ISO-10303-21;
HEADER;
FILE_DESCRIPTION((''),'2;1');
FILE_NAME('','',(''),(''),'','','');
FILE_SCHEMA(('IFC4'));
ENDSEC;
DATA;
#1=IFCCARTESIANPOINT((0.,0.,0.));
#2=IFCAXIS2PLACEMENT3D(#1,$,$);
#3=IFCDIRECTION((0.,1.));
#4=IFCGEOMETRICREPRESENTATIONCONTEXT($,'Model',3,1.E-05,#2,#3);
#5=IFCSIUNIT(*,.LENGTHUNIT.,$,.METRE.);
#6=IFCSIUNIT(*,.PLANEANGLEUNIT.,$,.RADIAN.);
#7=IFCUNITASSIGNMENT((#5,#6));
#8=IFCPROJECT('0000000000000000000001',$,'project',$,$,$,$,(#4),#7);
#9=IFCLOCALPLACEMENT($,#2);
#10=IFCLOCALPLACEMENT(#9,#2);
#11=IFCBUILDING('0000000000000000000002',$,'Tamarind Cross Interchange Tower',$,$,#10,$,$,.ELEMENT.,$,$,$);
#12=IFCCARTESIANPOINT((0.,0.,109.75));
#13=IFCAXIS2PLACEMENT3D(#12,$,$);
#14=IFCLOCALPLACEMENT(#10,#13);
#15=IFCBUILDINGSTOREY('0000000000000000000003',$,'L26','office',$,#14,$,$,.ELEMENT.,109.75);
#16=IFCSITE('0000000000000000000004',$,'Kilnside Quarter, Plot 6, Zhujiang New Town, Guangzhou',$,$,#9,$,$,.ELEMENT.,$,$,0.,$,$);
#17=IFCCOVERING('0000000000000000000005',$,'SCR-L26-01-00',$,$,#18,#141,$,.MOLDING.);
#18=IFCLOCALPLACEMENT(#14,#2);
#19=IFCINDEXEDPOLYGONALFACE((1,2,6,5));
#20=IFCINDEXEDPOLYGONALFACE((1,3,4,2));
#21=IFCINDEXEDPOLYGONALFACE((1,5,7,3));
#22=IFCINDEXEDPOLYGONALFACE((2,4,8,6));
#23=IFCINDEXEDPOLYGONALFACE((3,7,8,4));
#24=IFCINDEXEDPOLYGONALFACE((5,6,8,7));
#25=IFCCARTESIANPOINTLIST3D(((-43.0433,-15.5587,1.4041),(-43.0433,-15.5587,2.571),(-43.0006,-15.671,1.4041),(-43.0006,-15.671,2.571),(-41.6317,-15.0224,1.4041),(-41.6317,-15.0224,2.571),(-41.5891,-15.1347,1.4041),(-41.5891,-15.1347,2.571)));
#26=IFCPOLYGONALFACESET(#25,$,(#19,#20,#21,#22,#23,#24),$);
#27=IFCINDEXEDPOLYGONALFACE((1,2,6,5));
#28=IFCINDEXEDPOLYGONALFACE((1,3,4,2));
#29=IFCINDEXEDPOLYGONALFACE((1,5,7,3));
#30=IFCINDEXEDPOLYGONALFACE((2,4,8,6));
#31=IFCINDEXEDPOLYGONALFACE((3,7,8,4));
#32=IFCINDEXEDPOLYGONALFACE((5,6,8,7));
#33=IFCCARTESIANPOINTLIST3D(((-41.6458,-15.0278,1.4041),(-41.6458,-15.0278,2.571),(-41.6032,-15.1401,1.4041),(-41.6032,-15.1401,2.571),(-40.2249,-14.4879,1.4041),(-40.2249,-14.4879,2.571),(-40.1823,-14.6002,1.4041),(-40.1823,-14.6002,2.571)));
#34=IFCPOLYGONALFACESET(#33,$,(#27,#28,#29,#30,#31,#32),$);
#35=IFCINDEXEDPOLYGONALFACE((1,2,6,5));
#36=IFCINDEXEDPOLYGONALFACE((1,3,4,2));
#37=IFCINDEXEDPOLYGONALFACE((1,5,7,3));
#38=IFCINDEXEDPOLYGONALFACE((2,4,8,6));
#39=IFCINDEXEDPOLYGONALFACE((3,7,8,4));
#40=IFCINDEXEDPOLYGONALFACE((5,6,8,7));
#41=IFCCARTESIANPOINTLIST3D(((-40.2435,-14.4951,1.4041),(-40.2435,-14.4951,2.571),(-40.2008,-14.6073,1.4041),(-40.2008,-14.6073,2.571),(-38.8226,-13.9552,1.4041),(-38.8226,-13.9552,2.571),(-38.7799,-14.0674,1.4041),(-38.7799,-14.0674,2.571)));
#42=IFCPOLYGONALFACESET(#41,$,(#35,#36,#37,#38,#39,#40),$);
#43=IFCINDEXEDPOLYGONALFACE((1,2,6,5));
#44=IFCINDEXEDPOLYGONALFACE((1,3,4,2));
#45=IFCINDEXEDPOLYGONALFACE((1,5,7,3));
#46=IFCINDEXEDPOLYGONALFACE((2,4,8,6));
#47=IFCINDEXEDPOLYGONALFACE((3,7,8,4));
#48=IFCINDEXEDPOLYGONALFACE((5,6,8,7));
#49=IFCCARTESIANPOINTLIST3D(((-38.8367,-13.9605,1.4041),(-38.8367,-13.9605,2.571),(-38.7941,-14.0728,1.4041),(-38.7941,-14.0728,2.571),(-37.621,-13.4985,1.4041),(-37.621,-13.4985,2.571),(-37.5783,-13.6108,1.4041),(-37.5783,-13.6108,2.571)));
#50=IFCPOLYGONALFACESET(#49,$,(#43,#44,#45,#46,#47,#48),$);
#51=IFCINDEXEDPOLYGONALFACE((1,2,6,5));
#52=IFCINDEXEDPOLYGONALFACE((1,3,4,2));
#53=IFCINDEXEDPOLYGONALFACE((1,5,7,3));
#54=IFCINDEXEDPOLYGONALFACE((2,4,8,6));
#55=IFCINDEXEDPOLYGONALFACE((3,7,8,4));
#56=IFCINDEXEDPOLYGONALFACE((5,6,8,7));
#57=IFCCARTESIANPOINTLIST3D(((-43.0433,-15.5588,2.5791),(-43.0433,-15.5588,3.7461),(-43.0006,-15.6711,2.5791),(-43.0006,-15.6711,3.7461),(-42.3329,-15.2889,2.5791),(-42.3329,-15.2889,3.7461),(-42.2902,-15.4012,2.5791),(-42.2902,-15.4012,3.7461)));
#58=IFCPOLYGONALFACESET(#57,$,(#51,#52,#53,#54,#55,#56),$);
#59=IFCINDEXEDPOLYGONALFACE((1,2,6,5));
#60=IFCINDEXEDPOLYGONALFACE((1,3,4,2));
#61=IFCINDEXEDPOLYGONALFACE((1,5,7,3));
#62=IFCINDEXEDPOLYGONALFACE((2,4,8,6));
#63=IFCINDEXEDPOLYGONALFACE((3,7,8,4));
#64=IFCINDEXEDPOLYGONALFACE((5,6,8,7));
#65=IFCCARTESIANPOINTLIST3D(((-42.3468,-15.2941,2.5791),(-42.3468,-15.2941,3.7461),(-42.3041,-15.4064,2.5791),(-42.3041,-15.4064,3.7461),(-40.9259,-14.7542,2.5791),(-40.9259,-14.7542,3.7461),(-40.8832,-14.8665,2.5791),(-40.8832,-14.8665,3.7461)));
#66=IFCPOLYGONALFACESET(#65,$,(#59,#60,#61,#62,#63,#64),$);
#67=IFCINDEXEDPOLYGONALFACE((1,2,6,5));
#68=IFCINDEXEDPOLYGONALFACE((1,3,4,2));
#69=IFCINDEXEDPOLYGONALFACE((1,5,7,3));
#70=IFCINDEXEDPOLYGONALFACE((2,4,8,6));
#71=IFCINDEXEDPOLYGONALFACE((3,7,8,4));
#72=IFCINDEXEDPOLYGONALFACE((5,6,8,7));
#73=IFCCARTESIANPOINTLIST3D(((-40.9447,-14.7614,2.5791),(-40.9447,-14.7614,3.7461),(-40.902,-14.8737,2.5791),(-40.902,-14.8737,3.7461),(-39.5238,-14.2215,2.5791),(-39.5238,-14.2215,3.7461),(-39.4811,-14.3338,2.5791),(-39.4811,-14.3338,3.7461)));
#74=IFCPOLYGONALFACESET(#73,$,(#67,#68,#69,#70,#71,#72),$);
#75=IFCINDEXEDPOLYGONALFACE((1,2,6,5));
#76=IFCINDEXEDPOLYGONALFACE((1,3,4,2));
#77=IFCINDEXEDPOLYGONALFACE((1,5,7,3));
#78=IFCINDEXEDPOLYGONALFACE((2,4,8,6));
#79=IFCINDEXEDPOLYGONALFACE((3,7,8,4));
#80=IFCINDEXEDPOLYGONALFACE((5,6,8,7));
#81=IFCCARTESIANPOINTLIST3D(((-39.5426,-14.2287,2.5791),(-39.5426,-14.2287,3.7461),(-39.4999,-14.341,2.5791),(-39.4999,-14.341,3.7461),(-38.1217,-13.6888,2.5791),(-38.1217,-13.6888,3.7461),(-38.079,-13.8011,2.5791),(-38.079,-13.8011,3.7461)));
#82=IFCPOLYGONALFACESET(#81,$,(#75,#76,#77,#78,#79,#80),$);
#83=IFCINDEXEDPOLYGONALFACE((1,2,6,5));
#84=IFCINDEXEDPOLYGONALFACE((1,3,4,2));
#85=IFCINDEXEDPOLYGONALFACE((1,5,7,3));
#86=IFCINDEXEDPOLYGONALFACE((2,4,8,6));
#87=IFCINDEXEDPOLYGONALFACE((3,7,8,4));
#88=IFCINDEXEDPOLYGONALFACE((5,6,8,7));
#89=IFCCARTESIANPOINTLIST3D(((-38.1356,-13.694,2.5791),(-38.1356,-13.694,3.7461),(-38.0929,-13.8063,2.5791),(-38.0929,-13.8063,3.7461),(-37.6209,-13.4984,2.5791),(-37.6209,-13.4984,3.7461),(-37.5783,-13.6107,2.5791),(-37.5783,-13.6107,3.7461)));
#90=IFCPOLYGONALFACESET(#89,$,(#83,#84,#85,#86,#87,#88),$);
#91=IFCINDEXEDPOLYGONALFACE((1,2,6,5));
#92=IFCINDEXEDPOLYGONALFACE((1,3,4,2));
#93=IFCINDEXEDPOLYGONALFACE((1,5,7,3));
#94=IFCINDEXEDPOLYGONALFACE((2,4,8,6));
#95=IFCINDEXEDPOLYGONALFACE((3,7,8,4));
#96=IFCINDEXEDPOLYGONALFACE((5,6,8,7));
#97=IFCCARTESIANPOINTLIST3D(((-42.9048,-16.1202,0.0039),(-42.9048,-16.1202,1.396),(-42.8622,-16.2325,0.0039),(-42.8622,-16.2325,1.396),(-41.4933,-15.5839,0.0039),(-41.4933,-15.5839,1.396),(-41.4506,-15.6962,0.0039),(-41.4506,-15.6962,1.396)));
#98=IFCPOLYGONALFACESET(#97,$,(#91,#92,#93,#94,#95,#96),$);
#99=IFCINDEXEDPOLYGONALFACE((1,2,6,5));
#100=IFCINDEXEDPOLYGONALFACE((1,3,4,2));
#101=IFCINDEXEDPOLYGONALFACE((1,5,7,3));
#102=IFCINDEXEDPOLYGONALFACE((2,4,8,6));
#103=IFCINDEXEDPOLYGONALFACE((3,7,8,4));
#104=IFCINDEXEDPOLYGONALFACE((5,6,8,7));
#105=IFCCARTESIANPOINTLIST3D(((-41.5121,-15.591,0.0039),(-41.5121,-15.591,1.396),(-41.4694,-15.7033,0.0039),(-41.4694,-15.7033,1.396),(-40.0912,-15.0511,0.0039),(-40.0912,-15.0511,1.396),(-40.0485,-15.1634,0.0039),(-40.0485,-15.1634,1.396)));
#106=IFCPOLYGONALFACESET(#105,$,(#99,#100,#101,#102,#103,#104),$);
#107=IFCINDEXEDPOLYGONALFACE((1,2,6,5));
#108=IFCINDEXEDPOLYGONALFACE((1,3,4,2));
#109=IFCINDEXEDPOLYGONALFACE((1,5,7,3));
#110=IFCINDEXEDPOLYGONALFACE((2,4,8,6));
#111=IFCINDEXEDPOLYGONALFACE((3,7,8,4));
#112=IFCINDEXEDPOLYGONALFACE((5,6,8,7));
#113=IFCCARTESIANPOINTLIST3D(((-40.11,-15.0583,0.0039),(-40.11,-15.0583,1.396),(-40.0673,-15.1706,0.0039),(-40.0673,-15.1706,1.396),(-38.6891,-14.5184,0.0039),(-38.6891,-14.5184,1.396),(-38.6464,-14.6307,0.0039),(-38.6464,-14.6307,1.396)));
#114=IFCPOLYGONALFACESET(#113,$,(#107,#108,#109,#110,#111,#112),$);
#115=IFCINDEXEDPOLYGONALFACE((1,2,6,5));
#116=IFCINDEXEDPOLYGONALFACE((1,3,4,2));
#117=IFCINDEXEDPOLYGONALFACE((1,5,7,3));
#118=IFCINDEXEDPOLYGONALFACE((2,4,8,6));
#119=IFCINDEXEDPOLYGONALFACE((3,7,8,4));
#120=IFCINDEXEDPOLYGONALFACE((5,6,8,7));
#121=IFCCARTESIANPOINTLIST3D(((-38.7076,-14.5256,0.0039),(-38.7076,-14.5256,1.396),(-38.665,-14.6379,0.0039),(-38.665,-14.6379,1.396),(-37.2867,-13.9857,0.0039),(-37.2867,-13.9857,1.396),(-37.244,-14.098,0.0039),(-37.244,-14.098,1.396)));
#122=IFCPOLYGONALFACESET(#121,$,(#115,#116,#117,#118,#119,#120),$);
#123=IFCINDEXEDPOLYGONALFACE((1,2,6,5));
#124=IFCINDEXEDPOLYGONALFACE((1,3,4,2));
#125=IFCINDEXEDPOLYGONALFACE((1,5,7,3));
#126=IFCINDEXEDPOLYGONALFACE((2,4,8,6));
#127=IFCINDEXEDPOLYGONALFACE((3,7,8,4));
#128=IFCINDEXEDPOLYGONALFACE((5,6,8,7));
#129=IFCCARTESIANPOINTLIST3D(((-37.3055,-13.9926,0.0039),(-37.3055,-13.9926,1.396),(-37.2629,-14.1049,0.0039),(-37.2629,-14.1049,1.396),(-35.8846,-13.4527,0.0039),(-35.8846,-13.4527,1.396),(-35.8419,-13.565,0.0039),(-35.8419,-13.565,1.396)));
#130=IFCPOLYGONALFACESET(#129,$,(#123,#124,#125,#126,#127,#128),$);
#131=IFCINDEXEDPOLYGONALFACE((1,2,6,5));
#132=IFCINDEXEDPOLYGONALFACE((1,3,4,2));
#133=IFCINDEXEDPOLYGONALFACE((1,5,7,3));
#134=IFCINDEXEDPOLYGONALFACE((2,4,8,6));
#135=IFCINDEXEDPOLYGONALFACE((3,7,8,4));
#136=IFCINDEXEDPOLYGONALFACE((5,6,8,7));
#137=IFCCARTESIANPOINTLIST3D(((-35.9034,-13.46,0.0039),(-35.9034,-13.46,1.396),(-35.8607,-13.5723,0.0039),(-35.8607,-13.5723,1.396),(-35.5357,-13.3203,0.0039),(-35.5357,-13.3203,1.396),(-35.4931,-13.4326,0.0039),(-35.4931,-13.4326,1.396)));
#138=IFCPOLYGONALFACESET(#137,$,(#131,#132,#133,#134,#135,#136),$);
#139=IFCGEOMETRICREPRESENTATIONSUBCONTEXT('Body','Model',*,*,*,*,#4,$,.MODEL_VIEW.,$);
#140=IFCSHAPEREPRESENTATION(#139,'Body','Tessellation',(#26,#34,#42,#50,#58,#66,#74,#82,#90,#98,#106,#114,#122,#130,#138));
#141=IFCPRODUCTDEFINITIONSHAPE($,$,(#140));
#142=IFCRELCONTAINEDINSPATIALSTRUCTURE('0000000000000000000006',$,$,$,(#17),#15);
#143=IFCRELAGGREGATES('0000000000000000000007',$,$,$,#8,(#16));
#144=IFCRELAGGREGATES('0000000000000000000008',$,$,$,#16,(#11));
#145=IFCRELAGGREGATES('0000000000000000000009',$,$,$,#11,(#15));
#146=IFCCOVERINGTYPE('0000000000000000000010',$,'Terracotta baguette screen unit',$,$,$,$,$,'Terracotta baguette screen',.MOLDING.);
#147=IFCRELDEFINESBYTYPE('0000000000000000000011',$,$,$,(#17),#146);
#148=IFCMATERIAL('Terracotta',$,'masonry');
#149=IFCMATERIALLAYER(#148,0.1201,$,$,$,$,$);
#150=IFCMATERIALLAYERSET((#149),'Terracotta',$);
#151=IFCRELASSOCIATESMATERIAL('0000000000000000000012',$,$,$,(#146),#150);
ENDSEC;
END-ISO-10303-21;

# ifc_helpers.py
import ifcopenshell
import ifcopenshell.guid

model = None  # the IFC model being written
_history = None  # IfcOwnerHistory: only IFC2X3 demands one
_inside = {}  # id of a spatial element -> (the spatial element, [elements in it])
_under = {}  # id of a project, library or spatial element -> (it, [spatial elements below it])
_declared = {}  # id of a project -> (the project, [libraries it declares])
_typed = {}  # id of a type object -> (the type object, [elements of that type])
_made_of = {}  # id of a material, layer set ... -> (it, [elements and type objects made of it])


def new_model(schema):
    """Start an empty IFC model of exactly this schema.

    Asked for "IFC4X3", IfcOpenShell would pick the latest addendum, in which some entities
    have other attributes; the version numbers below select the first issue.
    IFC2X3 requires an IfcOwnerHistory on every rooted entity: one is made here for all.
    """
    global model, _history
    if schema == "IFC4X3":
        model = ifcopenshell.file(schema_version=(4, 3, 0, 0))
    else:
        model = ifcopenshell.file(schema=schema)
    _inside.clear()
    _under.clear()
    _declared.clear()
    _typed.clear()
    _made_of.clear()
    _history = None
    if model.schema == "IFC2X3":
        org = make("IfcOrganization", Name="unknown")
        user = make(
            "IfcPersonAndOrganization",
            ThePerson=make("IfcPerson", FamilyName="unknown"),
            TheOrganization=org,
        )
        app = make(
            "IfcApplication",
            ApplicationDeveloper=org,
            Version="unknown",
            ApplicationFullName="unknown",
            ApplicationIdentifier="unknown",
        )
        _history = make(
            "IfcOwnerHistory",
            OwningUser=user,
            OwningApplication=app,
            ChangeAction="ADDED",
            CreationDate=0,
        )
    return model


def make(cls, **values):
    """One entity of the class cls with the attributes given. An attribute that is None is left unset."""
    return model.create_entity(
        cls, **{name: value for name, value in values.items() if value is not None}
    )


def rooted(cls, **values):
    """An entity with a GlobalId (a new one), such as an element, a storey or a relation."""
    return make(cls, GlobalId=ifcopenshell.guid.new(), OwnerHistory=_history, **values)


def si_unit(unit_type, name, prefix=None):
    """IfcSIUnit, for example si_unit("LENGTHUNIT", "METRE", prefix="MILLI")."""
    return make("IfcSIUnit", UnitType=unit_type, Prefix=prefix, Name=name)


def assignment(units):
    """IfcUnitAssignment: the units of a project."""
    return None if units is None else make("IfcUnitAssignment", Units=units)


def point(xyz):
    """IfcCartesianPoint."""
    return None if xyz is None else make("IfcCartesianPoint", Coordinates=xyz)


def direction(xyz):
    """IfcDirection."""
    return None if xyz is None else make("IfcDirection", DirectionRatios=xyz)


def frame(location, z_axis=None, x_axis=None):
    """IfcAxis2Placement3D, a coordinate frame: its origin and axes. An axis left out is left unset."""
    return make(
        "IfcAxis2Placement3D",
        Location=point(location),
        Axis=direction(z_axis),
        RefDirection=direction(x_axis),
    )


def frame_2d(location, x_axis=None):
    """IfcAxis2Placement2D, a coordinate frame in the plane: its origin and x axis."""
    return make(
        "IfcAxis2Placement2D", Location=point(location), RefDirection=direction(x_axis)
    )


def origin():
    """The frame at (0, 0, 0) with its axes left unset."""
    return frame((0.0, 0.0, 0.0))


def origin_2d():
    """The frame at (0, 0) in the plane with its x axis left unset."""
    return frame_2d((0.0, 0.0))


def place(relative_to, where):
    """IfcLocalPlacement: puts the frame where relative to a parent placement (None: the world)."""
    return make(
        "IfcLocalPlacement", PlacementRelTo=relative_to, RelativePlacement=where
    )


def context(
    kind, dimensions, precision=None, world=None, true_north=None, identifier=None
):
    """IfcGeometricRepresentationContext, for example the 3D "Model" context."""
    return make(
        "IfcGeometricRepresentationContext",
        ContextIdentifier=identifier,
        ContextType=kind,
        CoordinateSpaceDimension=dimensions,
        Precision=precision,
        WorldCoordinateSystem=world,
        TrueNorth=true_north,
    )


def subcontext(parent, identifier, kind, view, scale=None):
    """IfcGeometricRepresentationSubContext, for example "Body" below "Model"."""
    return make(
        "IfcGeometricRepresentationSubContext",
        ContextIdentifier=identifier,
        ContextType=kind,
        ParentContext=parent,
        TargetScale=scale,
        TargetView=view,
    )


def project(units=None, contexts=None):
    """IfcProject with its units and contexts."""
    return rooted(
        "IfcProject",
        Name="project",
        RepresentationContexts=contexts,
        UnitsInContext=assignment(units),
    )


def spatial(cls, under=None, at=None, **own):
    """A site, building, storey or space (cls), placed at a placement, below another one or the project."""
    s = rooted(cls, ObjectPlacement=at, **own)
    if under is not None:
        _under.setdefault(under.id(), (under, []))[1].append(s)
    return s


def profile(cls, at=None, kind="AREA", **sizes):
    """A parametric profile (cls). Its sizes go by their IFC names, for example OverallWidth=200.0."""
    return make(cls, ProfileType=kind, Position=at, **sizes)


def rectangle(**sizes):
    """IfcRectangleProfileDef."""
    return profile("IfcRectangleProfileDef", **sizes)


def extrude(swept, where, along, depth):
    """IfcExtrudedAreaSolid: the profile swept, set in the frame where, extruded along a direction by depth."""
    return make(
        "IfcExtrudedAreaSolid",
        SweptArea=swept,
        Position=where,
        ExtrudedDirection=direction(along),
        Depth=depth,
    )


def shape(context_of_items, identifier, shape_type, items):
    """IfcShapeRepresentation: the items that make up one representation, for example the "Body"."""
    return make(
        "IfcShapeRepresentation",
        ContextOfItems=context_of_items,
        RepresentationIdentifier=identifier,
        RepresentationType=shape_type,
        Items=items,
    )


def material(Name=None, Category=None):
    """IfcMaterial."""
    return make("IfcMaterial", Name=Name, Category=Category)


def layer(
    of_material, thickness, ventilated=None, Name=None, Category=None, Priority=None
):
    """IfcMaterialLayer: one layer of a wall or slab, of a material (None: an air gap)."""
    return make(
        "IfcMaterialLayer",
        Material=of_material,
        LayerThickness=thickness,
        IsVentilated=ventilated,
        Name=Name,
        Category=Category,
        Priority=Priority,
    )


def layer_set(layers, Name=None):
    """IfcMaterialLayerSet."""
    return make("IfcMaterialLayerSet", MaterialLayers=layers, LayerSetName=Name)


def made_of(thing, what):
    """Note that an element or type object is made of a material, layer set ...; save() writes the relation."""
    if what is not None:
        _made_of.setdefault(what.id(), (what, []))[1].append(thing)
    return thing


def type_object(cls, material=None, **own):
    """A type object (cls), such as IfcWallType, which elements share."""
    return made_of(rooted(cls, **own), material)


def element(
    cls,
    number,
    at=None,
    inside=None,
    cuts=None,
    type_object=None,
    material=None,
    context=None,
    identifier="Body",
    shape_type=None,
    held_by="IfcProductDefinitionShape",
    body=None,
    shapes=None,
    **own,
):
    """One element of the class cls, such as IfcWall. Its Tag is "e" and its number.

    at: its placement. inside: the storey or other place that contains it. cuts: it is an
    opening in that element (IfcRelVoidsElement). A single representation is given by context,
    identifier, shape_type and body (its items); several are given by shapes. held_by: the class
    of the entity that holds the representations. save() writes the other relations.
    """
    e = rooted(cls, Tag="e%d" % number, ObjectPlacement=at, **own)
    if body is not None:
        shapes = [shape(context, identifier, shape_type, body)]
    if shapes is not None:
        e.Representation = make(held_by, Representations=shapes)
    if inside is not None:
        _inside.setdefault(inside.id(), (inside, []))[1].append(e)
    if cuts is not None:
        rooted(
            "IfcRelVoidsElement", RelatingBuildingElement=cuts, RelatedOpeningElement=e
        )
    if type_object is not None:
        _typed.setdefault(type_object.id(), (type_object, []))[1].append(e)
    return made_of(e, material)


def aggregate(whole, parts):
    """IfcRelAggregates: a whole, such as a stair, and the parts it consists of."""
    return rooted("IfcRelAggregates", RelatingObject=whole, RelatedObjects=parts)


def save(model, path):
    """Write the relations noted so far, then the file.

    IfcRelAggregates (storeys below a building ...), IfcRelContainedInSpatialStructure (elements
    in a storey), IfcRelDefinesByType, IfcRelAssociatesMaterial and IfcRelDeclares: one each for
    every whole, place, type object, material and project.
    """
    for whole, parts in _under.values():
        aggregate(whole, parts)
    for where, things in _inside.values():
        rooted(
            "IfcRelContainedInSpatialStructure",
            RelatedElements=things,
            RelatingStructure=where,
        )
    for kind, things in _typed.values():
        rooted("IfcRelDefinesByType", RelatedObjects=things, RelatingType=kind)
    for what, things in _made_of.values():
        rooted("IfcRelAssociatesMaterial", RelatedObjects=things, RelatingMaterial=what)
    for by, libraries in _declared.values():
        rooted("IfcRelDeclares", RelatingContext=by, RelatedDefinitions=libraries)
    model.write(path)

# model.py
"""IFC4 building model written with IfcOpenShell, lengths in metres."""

from ifc_helpers import new_model, si_unit, direction, frame, origin, origin_2d, place, context, subcontext, project, spatial, rectangle, extrude, material, layer, layer_set, type_object, element, save


model = new_model("IFC4")

# Units and contexts
model_context = context("Model", 3, precision=1e-05, world=origin(), true_north=direction((0.0, 1.0)))
body_context = subcontext(model_context, "Body", "Model", "MODEL_VIEW")
ifc_project = project(units=[si_unit("LENGTHUNIT", "METRE"), si_unit("PLANEANGLEUNIT", "RADIAN")], contexts=[model_context])

# Site, building, storey
site_placement = place(None, origin())
site = spatial("IfcSite", under=ifc_project, at=site_placement, Name="Kilnside Quarter, Plot 6, Zhujiang New Town, Guangzhou", CompositionType="ELEMENT", RefElevation=0.0)
building_placement = place(site_placement, origin())
building = spatial("IfcBuilding", under=site, at=building_placement, Name="Tamarind Cross Interchange Tower", CompositionType="ELEMENT")
storey_placement = place(building_placement, frame((0.0, 0.0, 109.75)))
storey = spatial("IfcBuildingStorey", under=building, at=storey_placement, Name="L26", Description="office", CompositionType="ELEMENT", Elevation=109.75)

# Covering
ifc_material_1 = material(Name="Terracotta", Category="masonry")
ifc_layer_1 = layer(ifc_material_1, 0.1201)
ifc_layer_set_1 = layer_set([ifc_layer_1], Name="Terracotta")
covering_type = type_object("IfcCoveringType", Name="Terracotta baguette screen unit", ElementType="Terracotta baguette screen", PredefinedType="MOLDING", material=ifc_layer_set_1)
covering_1_placement = place(storey_placement, origin())
element("IfcCovering", 1, at=covering_1_placement, inside=storey, type_object=covering_type, Name="SCR-L26-01-00", PredefinedType="MOLDING", context=body_context, shape_type="SweptSolid", body=[
    extrude(rectangle(XDim=1.51, YDim=0.1201, at=origin_2d()), frame((-42.3162, -15.3467, 1.4041), z_axis=(0.0, 0.0, 1.0), x_axis=(0.934796, 0.355186, 0.0)), (0.0, 0.0, 1.0), 1.167),
    extrude(rectangle(XDim=1.52, YDim=0.1201, at=origin_2d()), frame((-40.9141, -14.814, 1.4041), z_axis=(0.0, 0.0, 1.0), x_axis=(0.934796, 0.355186, 0.0)), (0.0, 0.0, 1.0), 1.167),
    extrude(rectangle(XDim=1.52, YDim=0.1201, at=origin_2d()), frame((-39.5117, -14.2812, 1.4041), z_axis=(0.0, 0.0, 1.0), x_axis=(0.934796, 0.355186, 0.0)), (0.0, 0.0, 1.0), 1.167),
    extrude(rectangle(XDim=1.3005, YDim=0.1201, at=origin_2d()), frame((-38.2075, -13.7856, 1.4041), z_axis=(0.0, 0.0, 1.0), x_axis=(0.934796, 0.355186, 0.0)), (0.0, 0.0, 1.0), 1.167),
    extrude(rectangle(XDim=0.76, YDim=0.1201, at=origin_2d()), frame((-42.6667, -15.48, 2.5791), z_axis=(0.0, 0.0, 1.0), x_axis=(0.934796, 0.355186, 0.0)), (0.0, 0.0, 1.0), 1.167),
    extrude(rectangle(XDim=1.52, YDim=0.1201, at=origin_2d()), frame((-41.615, -15.0803, 2.5791), z_axis=(0.0, 0.0, 1.0), x_axis=(0.934796, 0.355186, 0.0)), (0.0, 0.0, 1.0), 1.167),
    extrude(rectangle(XDim=1.52, YDim=0.1201, at=origin_2d()), frame((-40.2129, -14.5476, 2.5791), z_axis=(0.0, 0.0, 1.0), x_axis=(0.934796, 0.355186, 0.0)), (0.0, 0.0, 1.0), 1.167),
    extrude(rectangle(XDim=1.52, YDim=0.1201, at=origin_2d()), frame((-38.8108, -14.0149, 2.5791), z_axis=(0.0, 0.0, 1.0), x_axis=(0.934796, 0.355186, 0.0)), (0.0, 0.0, 1.0), 1.167),
    extrude(rectangle(XDim=0.5505, YDim=0.1201, at=origin_2d()), frame((-37.8569, -13.6523, 2.5791), z_axis=(0.0, 0.0, 1.0), x_axis=(0.934796, 0.355186, 0.0)), (0.0, 0.0, 1.0), 1.167),
    extrude(rectangle(XDim=1.51, YDim=0.1201, at=origin_2d()), frame((-42.1777, -15.9082, 0.0039), z_axis=(0.0, 0.0, 1.0), x_axis=(0.934796, 0.355186, 0.0)), (0.0, 0.0, 1.0), 1.3921),
    extrude(rectangle(XDim=1.52, YDim=0.1201, at=origin_2d()), frame((-40.7803, -15.3772, 0.0039), z_axis=(0.0, 0.0, 1.0), x_axis=(0.934796, 0.355186, 0.0)), (0.0, 0.0, 1.0), 1.3921),
    extrude(rectangle(XDim=1.52, YDim=0.1201, at=origin_2d()), frame((-39.3782, -14.8445, 0.0039), z_axis=(0.0, 0.0, 1.0), x_axis=(0.934796, 0.355186, 0.0)), (0.0, 0.0, 1.0), 1.3921),
    extrude(rectangle(XDim=1.52, YDim=0.1201, at=origin_2d()), frame((-37.9758, -14.3118, 0.0039), z_axis=(0.0, 0.0, 1.0), x_axis=(0.934796, 0.355186, 0.0)), (0.0, 0.0, 1.0), 1.3921),
    extrude(rectangle(XDim=1.52, YDim=0.1201, at=origin_2d()), frame((-36.5737, -13.7788, 0.0039), z_axis=(0.0, 0.0, 1.0), x_axis=(0.934796, 0.355186, 0.0)), (0.0, 0.0, 1.0), 1.3921),
    extrude(rectangle(XDim=0.3933, YDim=0.1201, at=origin_2d()), frame((-35.6982, -13.4463, 0.0039), z_axis=(0.0, 0.0, 1.0), x_axis=(0.934796, 0.355186, 0.0)), (0.0, 0.0, 1.0), 1.3921),
])

save(model, "model.ifc")
